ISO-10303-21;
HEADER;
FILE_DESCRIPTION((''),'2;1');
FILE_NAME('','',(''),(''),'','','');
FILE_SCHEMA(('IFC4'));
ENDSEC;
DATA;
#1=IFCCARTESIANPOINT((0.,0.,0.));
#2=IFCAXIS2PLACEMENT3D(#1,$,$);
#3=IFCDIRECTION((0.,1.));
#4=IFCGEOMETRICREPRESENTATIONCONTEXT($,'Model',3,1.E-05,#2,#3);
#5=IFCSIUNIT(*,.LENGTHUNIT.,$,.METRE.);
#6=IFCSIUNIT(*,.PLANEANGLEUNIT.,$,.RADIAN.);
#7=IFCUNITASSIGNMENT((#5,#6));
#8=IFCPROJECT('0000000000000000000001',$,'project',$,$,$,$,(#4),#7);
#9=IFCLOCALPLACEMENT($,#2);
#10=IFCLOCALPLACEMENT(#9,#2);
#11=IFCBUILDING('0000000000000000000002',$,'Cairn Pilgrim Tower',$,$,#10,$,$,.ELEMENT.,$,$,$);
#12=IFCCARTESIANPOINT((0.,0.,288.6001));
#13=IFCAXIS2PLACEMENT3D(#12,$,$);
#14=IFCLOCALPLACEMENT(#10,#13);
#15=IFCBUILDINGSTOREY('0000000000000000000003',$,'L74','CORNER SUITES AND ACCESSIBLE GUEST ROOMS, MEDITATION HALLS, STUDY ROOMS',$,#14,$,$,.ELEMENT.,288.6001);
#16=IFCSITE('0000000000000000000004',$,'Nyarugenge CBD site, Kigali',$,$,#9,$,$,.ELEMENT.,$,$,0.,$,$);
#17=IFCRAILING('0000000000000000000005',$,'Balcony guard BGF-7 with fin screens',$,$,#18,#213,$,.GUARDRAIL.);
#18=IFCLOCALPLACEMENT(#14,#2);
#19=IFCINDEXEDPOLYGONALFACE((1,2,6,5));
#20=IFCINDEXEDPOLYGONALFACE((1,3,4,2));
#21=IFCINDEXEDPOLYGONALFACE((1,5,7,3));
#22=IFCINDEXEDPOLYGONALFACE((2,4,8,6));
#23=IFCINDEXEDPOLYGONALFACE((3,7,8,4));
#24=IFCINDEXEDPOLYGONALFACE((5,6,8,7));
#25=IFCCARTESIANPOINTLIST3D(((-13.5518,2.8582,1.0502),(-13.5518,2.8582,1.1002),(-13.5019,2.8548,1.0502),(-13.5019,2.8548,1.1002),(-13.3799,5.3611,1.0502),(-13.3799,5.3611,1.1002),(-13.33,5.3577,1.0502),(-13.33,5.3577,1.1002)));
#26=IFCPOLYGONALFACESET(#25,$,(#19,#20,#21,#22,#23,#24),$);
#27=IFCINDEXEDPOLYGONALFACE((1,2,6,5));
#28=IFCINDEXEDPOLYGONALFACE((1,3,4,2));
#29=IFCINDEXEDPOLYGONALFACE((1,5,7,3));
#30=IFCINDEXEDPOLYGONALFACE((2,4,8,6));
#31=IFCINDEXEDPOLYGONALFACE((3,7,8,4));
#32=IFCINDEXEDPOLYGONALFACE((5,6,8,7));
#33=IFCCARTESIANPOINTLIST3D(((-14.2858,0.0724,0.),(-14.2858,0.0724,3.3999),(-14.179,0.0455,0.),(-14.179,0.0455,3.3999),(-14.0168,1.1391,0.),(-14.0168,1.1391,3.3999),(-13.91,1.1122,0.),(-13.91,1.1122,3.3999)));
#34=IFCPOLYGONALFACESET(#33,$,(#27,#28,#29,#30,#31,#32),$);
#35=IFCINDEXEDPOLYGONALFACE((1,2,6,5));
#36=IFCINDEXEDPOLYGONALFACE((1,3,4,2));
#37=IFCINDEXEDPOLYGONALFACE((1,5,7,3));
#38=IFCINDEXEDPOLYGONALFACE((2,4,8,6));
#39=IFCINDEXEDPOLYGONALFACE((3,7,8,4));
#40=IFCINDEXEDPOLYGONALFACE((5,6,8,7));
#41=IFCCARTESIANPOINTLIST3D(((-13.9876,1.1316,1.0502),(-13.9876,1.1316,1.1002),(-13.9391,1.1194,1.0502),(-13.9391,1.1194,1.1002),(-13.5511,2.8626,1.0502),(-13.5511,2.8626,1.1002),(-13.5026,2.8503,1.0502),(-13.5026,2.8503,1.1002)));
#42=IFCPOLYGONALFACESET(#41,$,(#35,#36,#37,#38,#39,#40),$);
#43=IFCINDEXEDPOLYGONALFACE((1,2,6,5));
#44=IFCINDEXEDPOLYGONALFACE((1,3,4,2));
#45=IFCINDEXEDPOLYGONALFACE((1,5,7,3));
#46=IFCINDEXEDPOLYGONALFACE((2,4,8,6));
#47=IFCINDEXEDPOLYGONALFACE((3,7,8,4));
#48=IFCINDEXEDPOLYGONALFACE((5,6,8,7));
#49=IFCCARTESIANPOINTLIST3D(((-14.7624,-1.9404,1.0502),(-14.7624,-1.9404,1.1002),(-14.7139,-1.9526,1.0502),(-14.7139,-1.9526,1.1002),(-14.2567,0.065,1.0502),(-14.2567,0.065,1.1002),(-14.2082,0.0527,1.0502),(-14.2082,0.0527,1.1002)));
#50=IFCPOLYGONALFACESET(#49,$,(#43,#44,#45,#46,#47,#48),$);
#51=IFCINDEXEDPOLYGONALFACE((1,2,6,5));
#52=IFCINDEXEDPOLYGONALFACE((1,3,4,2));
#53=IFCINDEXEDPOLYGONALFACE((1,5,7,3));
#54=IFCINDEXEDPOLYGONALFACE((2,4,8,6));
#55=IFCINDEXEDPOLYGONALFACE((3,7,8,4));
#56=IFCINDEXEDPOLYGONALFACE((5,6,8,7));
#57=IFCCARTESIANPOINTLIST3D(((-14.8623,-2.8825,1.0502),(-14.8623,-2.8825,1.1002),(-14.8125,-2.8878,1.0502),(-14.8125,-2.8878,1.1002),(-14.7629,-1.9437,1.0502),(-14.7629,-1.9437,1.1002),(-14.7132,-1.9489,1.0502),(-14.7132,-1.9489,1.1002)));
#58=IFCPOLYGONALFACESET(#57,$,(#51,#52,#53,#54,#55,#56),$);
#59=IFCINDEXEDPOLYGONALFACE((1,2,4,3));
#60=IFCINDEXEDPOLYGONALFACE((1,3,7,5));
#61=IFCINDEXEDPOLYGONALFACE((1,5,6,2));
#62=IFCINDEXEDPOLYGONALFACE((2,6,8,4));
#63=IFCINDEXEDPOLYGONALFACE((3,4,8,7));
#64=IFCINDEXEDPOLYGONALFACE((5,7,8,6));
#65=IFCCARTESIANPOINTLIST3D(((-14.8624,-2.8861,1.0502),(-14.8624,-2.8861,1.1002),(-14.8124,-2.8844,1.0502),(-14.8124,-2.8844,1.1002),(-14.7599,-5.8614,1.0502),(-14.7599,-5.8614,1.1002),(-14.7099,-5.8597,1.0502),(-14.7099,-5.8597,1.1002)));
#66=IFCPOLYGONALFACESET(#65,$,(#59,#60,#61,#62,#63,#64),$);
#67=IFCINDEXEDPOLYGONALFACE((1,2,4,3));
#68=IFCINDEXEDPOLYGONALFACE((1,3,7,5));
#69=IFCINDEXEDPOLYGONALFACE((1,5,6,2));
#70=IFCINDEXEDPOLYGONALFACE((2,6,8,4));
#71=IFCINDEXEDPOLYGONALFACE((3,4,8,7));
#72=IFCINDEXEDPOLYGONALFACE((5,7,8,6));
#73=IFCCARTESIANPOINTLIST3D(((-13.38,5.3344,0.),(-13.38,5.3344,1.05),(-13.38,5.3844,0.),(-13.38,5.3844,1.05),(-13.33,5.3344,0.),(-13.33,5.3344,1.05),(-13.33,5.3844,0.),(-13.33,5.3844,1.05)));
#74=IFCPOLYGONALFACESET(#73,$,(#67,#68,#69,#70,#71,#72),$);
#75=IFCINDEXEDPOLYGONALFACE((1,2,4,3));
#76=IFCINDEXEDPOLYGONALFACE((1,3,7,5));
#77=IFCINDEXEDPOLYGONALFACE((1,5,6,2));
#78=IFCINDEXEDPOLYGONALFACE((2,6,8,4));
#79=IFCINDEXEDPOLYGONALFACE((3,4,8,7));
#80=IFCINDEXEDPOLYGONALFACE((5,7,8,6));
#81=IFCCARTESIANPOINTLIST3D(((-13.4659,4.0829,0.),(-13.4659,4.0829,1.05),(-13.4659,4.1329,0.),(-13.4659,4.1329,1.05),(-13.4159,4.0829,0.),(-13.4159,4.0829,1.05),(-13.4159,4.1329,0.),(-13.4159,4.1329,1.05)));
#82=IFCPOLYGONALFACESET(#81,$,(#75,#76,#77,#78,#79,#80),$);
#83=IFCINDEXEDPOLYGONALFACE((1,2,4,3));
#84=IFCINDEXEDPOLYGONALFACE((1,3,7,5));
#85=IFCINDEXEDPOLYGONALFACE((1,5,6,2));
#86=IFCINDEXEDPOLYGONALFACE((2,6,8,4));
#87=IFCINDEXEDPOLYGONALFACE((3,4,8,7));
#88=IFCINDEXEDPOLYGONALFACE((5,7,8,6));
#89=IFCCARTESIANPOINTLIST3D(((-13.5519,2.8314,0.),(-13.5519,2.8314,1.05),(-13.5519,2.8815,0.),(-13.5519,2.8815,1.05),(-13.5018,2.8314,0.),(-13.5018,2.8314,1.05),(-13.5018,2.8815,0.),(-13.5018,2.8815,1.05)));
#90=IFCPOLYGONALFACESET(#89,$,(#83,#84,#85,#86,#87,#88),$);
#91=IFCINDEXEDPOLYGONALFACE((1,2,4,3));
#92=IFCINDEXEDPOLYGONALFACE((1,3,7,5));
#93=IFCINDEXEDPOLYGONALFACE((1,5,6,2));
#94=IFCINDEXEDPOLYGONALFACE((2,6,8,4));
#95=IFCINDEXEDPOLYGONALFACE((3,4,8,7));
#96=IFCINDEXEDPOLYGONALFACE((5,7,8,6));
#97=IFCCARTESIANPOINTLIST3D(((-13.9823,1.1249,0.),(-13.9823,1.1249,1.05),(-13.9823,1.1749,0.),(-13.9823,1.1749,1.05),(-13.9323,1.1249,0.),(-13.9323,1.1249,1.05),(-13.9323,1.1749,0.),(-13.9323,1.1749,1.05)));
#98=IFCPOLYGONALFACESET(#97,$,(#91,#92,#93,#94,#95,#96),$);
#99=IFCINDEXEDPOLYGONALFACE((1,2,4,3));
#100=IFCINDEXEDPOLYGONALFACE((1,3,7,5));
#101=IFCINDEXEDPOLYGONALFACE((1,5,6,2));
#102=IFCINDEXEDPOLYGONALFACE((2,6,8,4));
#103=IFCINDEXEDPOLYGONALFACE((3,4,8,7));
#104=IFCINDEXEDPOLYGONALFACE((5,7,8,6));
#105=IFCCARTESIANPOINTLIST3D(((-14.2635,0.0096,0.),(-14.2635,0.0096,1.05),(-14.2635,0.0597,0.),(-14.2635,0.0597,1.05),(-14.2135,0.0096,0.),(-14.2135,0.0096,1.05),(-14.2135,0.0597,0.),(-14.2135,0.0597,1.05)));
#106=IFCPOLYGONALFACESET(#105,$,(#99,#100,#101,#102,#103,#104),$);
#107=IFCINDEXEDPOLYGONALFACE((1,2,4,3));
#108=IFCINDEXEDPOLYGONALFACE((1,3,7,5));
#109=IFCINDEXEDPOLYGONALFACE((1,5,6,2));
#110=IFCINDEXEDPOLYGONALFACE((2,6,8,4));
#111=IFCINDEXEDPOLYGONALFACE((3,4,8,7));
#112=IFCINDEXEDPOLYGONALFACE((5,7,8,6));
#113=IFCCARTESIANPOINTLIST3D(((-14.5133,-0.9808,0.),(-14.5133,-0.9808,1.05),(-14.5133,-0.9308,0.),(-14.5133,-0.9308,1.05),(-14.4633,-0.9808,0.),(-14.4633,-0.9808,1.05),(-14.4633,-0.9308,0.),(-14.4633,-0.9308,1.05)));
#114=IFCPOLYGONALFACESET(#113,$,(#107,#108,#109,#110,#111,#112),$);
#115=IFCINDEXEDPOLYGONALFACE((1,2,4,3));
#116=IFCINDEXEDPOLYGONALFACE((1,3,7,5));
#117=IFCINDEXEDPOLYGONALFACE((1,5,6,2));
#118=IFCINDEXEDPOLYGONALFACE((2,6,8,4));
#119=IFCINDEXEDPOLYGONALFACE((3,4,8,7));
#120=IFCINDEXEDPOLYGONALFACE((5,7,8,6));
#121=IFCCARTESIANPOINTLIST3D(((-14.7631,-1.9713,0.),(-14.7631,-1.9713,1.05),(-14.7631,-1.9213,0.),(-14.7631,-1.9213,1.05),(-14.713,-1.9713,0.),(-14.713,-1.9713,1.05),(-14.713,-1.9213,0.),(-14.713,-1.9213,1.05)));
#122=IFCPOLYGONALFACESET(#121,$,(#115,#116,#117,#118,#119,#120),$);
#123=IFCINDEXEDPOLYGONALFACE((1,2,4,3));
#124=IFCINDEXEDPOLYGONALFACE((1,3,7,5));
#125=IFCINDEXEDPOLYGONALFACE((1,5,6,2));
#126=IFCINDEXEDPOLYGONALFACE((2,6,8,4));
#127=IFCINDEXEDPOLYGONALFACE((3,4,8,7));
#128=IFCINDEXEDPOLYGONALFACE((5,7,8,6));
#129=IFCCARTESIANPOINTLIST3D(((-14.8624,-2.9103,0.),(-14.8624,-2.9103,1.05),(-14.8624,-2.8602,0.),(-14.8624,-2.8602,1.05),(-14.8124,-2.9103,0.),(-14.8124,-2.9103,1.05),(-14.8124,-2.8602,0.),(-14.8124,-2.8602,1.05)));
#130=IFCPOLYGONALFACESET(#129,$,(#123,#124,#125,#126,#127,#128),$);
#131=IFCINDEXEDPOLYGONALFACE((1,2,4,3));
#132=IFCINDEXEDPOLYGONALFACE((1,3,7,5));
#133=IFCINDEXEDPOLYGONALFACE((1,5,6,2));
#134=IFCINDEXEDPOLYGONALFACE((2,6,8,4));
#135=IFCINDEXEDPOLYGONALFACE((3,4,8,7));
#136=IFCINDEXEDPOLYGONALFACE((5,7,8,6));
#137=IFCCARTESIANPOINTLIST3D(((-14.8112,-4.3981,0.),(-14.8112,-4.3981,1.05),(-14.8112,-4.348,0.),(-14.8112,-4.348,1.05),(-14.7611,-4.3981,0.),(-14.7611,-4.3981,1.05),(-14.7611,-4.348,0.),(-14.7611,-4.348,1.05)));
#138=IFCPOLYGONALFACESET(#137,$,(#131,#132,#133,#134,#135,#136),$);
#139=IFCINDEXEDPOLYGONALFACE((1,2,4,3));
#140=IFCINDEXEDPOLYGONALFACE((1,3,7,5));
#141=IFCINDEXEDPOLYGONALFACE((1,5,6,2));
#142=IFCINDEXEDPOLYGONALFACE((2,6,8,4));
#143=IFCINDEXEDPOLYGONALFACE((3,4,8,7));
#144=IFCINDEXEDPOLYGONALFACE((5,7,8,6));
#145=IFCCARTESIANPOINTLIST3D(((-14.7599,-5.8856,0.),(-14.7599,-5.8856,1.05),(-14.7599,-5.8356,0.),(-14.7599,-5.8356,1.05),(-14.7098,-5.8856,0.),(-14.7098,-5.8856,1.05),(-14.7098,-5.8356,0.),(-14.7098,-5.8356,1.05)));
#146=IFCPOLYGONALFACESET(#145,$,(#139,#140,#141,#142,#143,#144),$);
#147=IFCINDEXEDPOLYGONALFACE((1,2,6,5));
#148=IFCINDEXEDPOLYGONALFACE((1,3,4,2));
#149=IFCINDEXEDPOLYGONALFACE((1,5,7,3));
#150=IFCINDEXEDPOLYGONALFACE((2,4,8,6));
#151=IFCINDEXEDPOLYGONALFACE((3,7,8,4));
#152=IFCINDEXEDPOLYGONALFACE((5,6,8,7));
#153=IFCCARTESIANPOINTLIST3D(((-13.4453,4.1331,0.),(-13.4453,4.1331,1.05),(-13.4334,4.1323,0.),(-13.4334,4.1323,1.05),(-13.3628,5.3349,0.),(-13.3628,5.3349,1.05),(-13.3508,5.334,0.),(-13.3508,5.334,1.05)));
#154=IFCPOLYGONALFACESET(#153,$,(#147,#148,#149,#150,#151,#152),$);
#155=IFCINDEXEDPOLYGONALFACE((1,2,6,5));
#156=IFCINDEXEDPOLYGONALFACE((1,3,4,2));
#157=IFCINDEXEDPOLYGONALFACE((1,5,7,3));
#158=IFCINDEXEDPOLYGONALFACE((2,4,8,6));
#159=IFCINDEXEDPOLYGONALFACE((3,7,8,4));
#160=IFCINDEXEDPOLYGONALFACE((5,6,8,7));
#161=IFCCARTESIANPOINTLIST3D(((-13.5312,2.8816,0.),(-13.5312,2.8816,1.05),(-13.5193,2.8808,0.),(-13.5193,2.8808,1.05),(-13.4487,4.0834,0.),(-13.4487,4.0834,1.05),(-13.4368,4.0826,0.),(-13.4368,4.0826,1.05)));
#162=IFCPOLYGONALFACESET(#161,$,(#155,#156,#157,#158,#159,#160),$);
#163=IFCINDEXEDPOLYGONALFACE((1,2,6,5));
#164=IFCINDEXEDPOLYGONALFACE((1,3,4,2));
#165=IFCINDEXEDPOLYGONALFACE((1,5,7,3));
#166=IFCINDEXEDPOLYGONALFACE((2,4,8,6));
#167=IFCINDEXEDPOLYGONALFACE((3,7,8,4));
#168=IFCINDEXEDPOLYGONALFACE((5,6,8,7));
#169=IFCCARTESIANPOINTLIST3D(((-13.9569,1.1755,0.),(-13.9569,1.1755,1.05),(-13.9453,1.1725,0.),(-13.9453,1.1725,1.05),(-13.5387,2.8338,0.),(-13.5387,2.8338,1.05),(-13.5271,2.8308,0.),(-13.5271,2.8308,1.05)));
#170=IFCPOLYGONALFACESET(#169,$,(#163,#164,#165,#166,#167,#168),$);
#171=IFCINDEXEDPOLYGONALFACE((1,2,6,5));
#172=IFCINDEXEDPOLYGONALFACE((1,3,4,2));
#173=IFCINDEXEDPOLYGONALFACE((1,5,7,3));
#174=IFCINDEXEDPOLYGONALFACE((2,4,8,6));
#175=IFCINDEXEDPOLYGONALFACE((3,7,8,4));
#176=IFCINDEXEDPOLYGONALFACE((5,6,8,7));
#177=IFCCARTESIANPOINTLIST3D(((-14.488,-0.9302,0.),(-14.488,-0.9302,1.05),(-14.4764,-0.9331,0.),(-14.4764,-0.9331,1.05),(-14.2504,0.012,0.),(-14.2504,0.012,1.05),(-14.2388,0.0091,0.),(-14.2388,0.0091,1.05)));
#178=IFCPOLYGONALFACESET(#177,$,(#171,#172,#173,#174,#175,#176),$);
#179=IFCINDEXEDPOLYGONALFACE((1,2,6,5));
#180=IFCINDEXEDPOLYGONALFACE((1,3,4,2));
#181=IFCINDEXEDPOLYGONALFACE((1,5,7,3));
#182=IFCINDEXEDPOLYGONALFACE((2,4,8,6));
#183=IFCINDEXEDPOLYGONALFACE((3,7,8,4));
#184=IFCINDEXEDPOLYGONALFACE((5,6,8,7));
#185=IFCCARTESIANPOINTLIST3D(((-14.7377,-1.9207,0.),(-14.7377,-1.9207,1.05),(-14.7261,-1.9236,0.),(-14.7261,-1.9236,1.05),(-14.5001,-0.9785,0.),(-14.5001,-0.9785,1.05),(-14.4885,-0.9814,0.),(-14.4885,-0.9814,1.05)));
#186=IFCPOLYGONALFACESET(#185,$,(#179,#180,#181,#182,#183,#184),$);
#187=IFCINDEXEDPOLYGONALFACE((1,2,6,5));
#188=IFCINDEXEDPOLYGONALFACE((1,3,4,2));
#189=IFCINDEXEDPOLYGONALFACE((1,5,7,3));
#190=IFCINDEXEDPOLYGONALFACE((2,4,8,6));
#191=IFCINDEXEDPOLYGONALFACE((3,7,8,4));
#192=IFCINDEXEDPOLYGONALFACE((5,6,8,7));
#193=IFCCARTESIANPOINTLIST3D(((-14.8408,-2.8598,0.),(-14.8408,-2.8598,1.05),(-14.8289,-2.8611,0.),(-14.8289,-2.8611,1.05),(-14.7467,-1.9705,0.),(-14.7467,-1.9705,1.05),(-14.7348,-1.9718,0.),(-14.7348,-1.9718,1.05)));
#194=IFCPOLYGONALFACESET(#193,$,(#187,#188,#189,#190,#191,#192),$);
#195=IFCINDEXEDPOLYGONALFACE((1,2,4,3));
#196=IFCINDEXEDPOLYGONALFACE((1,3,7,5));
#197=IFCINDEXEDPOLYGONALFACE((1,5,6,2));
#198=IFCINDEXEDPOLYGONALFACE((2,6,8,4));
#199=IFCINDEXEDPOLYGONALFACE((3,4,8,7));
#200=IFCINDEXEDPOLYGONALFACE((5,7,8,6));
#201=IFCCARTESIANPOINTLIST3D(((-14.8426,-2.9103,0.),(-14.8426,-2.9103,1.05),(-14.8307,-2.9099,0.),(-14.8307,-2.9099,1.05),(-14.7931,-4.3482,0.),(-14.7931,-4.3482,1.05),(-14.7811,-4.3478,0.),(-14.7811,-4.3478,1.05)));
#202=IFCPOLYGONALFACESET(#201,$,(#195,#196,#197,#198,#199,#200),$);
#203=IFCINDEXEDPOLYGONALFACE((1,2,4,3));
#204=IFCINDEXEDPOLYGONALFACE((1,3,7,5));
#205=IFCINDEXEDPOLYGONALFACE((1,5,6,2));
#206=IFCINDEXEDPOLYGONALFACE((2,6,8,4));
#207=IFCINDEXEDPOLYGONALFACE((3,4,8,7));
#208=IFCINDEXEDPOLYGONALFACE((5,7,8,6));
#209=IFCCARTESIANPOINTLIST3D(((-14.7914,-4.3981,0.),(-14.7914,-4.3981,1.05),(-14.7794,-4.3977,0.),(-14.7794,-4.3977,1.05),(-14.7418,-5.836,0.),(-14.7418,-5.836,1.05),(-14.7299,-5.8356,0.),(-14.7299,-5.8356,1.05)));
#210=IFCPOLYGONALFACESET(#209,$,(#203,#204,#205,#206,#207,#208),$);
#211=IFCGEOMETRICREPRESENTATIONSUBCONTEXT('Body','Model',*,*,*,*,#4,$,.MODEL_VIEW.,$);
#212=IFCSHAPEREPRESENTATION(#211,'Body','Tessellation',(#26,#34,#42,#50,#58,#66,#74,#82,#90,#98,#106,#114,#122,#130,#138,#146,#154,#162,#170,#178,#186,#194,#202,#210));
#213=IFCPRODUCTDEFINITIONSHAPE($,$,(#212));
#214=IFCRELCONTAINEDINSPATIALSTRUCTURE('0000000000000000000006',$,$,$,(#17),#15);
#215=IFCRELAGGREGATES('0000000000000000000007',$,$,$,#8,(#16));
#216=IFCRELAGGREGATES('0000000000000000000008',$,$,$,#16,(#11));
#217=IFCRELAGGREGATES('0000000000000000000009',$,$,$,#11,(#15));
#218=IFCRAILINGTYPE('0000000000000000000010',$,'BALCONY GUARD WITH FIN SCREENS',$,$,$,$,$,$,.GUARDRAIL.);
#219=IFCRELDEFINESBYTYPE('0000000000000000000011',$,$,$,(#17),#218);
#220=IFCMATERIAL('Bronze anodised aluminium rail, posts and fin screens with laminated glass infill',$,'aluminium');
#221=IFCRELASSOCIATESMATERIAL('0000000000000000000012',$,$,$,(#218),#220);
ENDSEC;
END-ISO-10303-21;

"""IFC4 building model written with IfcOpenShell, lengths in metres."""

from ifc_helpers import new_model, si_unit, direction, frame, origin, origin_2d, place, context, subcontext, project, spatial, polyline, rectangle, outline, extrude, material, type_object, element, save


model = new_model("IFC4")

# Units and contexts
model_context = context("Model", 3, precision=1e-05, world=origin(), true_north=direction((0.0, 1.0)))
body_context = subcontext(model_context, "Body", "Model", "MODEL_VIEW")
ifc_project = project(units=[si_unit("LENGTHUNIT", "METRE"), si_unit("PLANEANGLEUNIT", "RADIAN")], contexts=[model_context])

# Site, building, storey
site_placement = place(None, origin())
site = spatial("IfcSite", under=ifc_project, at=site_placement, Name="Nyarugenge CBD site, Kigali", CompositionType="ELEMENT", RefElevation=0.0)
building_placement = place(site_placement, origin())
building = spatial("IfcBuilding", under=site, at=building_placement, Name="Cairn Pilgrim Tower", CompositionType="ELEMENT")
storey_placement = place(building_placement, frame((0.0, 0.0, 288.6001)))
storey = spatial("IfcBuildingStorey", under=building, at=storey_placement, Name="L74", Description="CORNER SUITES AND ACCESSIBLE GUEST ROOMS, MEDITATION HALLS, STUDY ROOMS", CompositionType="ELEMENT", Elevation=288.6001)

# Railing
ifc_material_1 = material(Name="Bronze anodised aluminium rail, posts and fin screens with laminated glass infill", Category="aluminium")
railing_type = type_object("IfcRailingType", Name="BALCONY GUARD WITH FIN SCREENS", PredefinedType="GUARDRAIL", material=ifc_material_1)
railing_placement = place(storey_placement, frame((-13.355, 5.3594, 0.0)))
element("IfcRailing", 1, at=railing_placement, inside=storey, type_object=railing_type, Name="Balcony guard BGF-7 with fin screens", PredefinedType="GUARDRAIL", context=body_context, shape_type="SweptSolid", body=[
    extrude(rectangle(XDim=0.05, YDim=0.05, at=origin_2d()), frame((0.0, 0.0, 1.0752), z_axis=(-0.068508, -0.997651, 0.0), x_axis=(0.997651, -0.068508, 0.0)), (0.0, 0.0, 1.0), 2.5088),
    extrude(rectangle(XDim=1.1001, YDim=0.1101, at=origin_2d()), frame((-0.7429, -4.7671, 0.0), z_axis=(0.0, 0.0, 1.0), x_axis=(-0.24453, -0.969642, 0.0)), (0.0, 0.0, 1.0), 3.3999),
    extrude(rectangle(XDim=0.05, YDim=0.05, at=origin_2d()), frame((-0.1719, -2.5029, 1.0752), z_axis=(-0.24453, -0.969642, 0.0), x_axis=(0.969642, -0.24453, 0.0)), (0.0, 0.0, 1.0), 1.7852),
    extrude(rectangle(XDim=0.05, YDim=0.05, at=origin_2d()), frame((-0.8774, -5.3005, 1.0752), z_axis=(-0.24453, -0.969642, 0.0), x_axis=(0.969642, -0.24453, 0.0)), (0.0, 0.0, 1.0), 2.0681),
    extrude(rectangle(XDim=0.05, YDim=0.05, at=origin_2d()), frame((-1.3831, -7.3057, 1.0752), z_axis=(-0.105237, -0.994447, 0.0), x_axis=(0.994447, -0.105237, 0.0)), (0.0, 0.0, 1.0), 0.9441),
    extrude(rectangle(XDim=0.05, YDim=0.05, at=origin_2d()), frame((-1.4824, -8.2446, 1.0752), z_axis=(0.034443, -0.999407, 0.0), x_axis=(0.999407, 0.034443, 0.0)), (0.0, 0.0, 1.0), 2.9771),
    extrude(rectangle(XDim=0.05, YDim=0.05, at=origin_2d()), origin(), (0.0, 0.0, 1.0), 1.05),
    extrude(rectangle(XDim=0.05, YDim=0.05, at=origin_2d()), frame((-0.0859, -1.2515, 0.0)), (0.0, 0.0, 1.0), 1.05),
    extrude(rectangle(XDim=0.05, YDim=0.05, at=origin_2d()), frame((-0.1719, -2.5029, 0.0)), (0.0, 0.0, 1.0), 1.05),
    extrude(rectangle(XDim=0.05, YDim=0.05, at=origin_2d()), frame((-0.6023, -4.2095, 0.0)), (0.0, 0.0, 1.0), 1.05),
    extrude(rectangle(XDim=0.05, YDim=0.05, at=origin_2d()), frame((-0.8835, -5.3247, 0.0)), (0.0, 0.0, 1.0), 1.05),
    extrude(rectangle(XDim=0.05, YDim=0.05, at=origin_2d()), frame((-1.1333, -6.3152, 0.0)), (0.0, 0.0, 1.0), 1.05),
    extrude(rectangle(XDim=0.05, YDim=0.05, at=origin_2d()), frame((-1.3831, -7.3057, 0.0)), (0.0, 0.0, 1.0), 1.05),
    extrude(rectangle(XDim=0.05, YDim=0.05, at=origin_2d()), frame((-1.4824, -8.2446, 0.0)), (0.0, 0.0, 1.0), 1.05),
    extrude(rectangle(XDim=0.05, YDim=0.05, at=origin_2d()), frame((-1.4312, -9.7324, 0.0)), (0.0, 0.0, 1.0), 1.05),
    extrude(rectangle(XDim=0.05, YDim=0.05, at=origin_2d()), frame((-1.3799, -11.22, 0.0)), (0.0, 0.0, 1.0), 1.05),
    extrude(outline(polyline([(0.0249, 0.0), (1.2295, 0.0), (1.2295, 1.05), (0.0249, 1.05), (0.0249, 0.0)])), frame((0.0059, -0.0005, 0.0), z_axis=(-0.997651, 0.068508, 0.0), x_axis=(-0.068508, -0.997651, 0.0)), (0.0, 0.0, 1.0), 0.012),
    extrude(outline(polyline([(0.0249, 0.0), (1.2295, 0.0), (1.2295, 1.05), (0.0249, 1.05), (0.0249, 0.0)])), frame((-0.0801, -1.252, 0.0), z_axis=(-0.997651, 0.068508, 0.0), x_axis=(-0.068508, -0.997651, 0.0)), (0.0, 0.0, 1.0), 0.012),
    extrude(outline(polyline([(0.0249, 0.0), (1.7351, 0.0), (1.7351, 1.05), (0.0249, 1.05), (0.0249, 0.0)])), frame((-0.166, -2.5044, 0.0), z_axis=(-0.969642, 0.24453, 0.0), x_axis=(-0.24453, -0.969642, 0.0)), (0.0, 0.0, 1.0), 0.012),
    extrude(outline(polyline([(0.0249, 0.0), (0.9966, 0.0), (0.9966, 1.05), (0.0249, 1.05), (0.0249, 0.0)])), frame((-0.8777, -5.3262, 0.0), z_axis=(-0.969642, 0.24453, 0.0), x_axis=(-0.24453, -0.969642, 0.0)), (0.0, 0.0, 1.0), 0.012),
    extrude(outline(polyline([(0.0249, 0.0), (0.9966, 0.0), (0.9966, 1.05), (0.0249, 1.05), (0.0249, 0.0)])), frame((-1.1274, -6.3167, 0.0), z_axis=(-0.969642, 0.24453, 0.0), x_axis=(-0.24453, -0.969642, 0.0)), (0.0, 0.0, 1.0), 0.012),
    extrude(outline(polyline([(0.0249, 0.0), (0.9192, 0.0), (0.9192, 1.05), (0.0249, 1.05), (0.0249, 0.0)])), frame((-1.3772, -7.3064, 0.0), z_axis=(-0.994447, 0.105237, 0.0), x_axis=(-0.105237, -0.994447, 0.0)), (0.0, 0.0, 1.0), 0.012),
    extrude(outline(polyline([(0.0249, 0.0), (1.4636, 0.0), (1.4636, 1.05), (0.0249, 1.05), (0.0249, 0.0)])), frame((-1.4766, -8.2444, 0.0), z_axis=(-0.999407, -0.034443, 0.0), x_axis=(0.034443, -0.999407, 0.0)), (0.0, 0.0, 1.0), 0.012),
    extrude(outline(polyline([(0.0249, 0.0), (1.4636, 0.0), (1.4636, 1.05), (0.0249, 1.05), (0.0249, 0.0)])), frame((-1.4253, -9.7322, 0.0), z_axis=(-0.999407, -0.034443, 0.0), x_axis=(0.034443, -0.999407, 0.0)), (0.0, 0.0, 1.0), 0.012),
])

save(model, "model.ifc")
